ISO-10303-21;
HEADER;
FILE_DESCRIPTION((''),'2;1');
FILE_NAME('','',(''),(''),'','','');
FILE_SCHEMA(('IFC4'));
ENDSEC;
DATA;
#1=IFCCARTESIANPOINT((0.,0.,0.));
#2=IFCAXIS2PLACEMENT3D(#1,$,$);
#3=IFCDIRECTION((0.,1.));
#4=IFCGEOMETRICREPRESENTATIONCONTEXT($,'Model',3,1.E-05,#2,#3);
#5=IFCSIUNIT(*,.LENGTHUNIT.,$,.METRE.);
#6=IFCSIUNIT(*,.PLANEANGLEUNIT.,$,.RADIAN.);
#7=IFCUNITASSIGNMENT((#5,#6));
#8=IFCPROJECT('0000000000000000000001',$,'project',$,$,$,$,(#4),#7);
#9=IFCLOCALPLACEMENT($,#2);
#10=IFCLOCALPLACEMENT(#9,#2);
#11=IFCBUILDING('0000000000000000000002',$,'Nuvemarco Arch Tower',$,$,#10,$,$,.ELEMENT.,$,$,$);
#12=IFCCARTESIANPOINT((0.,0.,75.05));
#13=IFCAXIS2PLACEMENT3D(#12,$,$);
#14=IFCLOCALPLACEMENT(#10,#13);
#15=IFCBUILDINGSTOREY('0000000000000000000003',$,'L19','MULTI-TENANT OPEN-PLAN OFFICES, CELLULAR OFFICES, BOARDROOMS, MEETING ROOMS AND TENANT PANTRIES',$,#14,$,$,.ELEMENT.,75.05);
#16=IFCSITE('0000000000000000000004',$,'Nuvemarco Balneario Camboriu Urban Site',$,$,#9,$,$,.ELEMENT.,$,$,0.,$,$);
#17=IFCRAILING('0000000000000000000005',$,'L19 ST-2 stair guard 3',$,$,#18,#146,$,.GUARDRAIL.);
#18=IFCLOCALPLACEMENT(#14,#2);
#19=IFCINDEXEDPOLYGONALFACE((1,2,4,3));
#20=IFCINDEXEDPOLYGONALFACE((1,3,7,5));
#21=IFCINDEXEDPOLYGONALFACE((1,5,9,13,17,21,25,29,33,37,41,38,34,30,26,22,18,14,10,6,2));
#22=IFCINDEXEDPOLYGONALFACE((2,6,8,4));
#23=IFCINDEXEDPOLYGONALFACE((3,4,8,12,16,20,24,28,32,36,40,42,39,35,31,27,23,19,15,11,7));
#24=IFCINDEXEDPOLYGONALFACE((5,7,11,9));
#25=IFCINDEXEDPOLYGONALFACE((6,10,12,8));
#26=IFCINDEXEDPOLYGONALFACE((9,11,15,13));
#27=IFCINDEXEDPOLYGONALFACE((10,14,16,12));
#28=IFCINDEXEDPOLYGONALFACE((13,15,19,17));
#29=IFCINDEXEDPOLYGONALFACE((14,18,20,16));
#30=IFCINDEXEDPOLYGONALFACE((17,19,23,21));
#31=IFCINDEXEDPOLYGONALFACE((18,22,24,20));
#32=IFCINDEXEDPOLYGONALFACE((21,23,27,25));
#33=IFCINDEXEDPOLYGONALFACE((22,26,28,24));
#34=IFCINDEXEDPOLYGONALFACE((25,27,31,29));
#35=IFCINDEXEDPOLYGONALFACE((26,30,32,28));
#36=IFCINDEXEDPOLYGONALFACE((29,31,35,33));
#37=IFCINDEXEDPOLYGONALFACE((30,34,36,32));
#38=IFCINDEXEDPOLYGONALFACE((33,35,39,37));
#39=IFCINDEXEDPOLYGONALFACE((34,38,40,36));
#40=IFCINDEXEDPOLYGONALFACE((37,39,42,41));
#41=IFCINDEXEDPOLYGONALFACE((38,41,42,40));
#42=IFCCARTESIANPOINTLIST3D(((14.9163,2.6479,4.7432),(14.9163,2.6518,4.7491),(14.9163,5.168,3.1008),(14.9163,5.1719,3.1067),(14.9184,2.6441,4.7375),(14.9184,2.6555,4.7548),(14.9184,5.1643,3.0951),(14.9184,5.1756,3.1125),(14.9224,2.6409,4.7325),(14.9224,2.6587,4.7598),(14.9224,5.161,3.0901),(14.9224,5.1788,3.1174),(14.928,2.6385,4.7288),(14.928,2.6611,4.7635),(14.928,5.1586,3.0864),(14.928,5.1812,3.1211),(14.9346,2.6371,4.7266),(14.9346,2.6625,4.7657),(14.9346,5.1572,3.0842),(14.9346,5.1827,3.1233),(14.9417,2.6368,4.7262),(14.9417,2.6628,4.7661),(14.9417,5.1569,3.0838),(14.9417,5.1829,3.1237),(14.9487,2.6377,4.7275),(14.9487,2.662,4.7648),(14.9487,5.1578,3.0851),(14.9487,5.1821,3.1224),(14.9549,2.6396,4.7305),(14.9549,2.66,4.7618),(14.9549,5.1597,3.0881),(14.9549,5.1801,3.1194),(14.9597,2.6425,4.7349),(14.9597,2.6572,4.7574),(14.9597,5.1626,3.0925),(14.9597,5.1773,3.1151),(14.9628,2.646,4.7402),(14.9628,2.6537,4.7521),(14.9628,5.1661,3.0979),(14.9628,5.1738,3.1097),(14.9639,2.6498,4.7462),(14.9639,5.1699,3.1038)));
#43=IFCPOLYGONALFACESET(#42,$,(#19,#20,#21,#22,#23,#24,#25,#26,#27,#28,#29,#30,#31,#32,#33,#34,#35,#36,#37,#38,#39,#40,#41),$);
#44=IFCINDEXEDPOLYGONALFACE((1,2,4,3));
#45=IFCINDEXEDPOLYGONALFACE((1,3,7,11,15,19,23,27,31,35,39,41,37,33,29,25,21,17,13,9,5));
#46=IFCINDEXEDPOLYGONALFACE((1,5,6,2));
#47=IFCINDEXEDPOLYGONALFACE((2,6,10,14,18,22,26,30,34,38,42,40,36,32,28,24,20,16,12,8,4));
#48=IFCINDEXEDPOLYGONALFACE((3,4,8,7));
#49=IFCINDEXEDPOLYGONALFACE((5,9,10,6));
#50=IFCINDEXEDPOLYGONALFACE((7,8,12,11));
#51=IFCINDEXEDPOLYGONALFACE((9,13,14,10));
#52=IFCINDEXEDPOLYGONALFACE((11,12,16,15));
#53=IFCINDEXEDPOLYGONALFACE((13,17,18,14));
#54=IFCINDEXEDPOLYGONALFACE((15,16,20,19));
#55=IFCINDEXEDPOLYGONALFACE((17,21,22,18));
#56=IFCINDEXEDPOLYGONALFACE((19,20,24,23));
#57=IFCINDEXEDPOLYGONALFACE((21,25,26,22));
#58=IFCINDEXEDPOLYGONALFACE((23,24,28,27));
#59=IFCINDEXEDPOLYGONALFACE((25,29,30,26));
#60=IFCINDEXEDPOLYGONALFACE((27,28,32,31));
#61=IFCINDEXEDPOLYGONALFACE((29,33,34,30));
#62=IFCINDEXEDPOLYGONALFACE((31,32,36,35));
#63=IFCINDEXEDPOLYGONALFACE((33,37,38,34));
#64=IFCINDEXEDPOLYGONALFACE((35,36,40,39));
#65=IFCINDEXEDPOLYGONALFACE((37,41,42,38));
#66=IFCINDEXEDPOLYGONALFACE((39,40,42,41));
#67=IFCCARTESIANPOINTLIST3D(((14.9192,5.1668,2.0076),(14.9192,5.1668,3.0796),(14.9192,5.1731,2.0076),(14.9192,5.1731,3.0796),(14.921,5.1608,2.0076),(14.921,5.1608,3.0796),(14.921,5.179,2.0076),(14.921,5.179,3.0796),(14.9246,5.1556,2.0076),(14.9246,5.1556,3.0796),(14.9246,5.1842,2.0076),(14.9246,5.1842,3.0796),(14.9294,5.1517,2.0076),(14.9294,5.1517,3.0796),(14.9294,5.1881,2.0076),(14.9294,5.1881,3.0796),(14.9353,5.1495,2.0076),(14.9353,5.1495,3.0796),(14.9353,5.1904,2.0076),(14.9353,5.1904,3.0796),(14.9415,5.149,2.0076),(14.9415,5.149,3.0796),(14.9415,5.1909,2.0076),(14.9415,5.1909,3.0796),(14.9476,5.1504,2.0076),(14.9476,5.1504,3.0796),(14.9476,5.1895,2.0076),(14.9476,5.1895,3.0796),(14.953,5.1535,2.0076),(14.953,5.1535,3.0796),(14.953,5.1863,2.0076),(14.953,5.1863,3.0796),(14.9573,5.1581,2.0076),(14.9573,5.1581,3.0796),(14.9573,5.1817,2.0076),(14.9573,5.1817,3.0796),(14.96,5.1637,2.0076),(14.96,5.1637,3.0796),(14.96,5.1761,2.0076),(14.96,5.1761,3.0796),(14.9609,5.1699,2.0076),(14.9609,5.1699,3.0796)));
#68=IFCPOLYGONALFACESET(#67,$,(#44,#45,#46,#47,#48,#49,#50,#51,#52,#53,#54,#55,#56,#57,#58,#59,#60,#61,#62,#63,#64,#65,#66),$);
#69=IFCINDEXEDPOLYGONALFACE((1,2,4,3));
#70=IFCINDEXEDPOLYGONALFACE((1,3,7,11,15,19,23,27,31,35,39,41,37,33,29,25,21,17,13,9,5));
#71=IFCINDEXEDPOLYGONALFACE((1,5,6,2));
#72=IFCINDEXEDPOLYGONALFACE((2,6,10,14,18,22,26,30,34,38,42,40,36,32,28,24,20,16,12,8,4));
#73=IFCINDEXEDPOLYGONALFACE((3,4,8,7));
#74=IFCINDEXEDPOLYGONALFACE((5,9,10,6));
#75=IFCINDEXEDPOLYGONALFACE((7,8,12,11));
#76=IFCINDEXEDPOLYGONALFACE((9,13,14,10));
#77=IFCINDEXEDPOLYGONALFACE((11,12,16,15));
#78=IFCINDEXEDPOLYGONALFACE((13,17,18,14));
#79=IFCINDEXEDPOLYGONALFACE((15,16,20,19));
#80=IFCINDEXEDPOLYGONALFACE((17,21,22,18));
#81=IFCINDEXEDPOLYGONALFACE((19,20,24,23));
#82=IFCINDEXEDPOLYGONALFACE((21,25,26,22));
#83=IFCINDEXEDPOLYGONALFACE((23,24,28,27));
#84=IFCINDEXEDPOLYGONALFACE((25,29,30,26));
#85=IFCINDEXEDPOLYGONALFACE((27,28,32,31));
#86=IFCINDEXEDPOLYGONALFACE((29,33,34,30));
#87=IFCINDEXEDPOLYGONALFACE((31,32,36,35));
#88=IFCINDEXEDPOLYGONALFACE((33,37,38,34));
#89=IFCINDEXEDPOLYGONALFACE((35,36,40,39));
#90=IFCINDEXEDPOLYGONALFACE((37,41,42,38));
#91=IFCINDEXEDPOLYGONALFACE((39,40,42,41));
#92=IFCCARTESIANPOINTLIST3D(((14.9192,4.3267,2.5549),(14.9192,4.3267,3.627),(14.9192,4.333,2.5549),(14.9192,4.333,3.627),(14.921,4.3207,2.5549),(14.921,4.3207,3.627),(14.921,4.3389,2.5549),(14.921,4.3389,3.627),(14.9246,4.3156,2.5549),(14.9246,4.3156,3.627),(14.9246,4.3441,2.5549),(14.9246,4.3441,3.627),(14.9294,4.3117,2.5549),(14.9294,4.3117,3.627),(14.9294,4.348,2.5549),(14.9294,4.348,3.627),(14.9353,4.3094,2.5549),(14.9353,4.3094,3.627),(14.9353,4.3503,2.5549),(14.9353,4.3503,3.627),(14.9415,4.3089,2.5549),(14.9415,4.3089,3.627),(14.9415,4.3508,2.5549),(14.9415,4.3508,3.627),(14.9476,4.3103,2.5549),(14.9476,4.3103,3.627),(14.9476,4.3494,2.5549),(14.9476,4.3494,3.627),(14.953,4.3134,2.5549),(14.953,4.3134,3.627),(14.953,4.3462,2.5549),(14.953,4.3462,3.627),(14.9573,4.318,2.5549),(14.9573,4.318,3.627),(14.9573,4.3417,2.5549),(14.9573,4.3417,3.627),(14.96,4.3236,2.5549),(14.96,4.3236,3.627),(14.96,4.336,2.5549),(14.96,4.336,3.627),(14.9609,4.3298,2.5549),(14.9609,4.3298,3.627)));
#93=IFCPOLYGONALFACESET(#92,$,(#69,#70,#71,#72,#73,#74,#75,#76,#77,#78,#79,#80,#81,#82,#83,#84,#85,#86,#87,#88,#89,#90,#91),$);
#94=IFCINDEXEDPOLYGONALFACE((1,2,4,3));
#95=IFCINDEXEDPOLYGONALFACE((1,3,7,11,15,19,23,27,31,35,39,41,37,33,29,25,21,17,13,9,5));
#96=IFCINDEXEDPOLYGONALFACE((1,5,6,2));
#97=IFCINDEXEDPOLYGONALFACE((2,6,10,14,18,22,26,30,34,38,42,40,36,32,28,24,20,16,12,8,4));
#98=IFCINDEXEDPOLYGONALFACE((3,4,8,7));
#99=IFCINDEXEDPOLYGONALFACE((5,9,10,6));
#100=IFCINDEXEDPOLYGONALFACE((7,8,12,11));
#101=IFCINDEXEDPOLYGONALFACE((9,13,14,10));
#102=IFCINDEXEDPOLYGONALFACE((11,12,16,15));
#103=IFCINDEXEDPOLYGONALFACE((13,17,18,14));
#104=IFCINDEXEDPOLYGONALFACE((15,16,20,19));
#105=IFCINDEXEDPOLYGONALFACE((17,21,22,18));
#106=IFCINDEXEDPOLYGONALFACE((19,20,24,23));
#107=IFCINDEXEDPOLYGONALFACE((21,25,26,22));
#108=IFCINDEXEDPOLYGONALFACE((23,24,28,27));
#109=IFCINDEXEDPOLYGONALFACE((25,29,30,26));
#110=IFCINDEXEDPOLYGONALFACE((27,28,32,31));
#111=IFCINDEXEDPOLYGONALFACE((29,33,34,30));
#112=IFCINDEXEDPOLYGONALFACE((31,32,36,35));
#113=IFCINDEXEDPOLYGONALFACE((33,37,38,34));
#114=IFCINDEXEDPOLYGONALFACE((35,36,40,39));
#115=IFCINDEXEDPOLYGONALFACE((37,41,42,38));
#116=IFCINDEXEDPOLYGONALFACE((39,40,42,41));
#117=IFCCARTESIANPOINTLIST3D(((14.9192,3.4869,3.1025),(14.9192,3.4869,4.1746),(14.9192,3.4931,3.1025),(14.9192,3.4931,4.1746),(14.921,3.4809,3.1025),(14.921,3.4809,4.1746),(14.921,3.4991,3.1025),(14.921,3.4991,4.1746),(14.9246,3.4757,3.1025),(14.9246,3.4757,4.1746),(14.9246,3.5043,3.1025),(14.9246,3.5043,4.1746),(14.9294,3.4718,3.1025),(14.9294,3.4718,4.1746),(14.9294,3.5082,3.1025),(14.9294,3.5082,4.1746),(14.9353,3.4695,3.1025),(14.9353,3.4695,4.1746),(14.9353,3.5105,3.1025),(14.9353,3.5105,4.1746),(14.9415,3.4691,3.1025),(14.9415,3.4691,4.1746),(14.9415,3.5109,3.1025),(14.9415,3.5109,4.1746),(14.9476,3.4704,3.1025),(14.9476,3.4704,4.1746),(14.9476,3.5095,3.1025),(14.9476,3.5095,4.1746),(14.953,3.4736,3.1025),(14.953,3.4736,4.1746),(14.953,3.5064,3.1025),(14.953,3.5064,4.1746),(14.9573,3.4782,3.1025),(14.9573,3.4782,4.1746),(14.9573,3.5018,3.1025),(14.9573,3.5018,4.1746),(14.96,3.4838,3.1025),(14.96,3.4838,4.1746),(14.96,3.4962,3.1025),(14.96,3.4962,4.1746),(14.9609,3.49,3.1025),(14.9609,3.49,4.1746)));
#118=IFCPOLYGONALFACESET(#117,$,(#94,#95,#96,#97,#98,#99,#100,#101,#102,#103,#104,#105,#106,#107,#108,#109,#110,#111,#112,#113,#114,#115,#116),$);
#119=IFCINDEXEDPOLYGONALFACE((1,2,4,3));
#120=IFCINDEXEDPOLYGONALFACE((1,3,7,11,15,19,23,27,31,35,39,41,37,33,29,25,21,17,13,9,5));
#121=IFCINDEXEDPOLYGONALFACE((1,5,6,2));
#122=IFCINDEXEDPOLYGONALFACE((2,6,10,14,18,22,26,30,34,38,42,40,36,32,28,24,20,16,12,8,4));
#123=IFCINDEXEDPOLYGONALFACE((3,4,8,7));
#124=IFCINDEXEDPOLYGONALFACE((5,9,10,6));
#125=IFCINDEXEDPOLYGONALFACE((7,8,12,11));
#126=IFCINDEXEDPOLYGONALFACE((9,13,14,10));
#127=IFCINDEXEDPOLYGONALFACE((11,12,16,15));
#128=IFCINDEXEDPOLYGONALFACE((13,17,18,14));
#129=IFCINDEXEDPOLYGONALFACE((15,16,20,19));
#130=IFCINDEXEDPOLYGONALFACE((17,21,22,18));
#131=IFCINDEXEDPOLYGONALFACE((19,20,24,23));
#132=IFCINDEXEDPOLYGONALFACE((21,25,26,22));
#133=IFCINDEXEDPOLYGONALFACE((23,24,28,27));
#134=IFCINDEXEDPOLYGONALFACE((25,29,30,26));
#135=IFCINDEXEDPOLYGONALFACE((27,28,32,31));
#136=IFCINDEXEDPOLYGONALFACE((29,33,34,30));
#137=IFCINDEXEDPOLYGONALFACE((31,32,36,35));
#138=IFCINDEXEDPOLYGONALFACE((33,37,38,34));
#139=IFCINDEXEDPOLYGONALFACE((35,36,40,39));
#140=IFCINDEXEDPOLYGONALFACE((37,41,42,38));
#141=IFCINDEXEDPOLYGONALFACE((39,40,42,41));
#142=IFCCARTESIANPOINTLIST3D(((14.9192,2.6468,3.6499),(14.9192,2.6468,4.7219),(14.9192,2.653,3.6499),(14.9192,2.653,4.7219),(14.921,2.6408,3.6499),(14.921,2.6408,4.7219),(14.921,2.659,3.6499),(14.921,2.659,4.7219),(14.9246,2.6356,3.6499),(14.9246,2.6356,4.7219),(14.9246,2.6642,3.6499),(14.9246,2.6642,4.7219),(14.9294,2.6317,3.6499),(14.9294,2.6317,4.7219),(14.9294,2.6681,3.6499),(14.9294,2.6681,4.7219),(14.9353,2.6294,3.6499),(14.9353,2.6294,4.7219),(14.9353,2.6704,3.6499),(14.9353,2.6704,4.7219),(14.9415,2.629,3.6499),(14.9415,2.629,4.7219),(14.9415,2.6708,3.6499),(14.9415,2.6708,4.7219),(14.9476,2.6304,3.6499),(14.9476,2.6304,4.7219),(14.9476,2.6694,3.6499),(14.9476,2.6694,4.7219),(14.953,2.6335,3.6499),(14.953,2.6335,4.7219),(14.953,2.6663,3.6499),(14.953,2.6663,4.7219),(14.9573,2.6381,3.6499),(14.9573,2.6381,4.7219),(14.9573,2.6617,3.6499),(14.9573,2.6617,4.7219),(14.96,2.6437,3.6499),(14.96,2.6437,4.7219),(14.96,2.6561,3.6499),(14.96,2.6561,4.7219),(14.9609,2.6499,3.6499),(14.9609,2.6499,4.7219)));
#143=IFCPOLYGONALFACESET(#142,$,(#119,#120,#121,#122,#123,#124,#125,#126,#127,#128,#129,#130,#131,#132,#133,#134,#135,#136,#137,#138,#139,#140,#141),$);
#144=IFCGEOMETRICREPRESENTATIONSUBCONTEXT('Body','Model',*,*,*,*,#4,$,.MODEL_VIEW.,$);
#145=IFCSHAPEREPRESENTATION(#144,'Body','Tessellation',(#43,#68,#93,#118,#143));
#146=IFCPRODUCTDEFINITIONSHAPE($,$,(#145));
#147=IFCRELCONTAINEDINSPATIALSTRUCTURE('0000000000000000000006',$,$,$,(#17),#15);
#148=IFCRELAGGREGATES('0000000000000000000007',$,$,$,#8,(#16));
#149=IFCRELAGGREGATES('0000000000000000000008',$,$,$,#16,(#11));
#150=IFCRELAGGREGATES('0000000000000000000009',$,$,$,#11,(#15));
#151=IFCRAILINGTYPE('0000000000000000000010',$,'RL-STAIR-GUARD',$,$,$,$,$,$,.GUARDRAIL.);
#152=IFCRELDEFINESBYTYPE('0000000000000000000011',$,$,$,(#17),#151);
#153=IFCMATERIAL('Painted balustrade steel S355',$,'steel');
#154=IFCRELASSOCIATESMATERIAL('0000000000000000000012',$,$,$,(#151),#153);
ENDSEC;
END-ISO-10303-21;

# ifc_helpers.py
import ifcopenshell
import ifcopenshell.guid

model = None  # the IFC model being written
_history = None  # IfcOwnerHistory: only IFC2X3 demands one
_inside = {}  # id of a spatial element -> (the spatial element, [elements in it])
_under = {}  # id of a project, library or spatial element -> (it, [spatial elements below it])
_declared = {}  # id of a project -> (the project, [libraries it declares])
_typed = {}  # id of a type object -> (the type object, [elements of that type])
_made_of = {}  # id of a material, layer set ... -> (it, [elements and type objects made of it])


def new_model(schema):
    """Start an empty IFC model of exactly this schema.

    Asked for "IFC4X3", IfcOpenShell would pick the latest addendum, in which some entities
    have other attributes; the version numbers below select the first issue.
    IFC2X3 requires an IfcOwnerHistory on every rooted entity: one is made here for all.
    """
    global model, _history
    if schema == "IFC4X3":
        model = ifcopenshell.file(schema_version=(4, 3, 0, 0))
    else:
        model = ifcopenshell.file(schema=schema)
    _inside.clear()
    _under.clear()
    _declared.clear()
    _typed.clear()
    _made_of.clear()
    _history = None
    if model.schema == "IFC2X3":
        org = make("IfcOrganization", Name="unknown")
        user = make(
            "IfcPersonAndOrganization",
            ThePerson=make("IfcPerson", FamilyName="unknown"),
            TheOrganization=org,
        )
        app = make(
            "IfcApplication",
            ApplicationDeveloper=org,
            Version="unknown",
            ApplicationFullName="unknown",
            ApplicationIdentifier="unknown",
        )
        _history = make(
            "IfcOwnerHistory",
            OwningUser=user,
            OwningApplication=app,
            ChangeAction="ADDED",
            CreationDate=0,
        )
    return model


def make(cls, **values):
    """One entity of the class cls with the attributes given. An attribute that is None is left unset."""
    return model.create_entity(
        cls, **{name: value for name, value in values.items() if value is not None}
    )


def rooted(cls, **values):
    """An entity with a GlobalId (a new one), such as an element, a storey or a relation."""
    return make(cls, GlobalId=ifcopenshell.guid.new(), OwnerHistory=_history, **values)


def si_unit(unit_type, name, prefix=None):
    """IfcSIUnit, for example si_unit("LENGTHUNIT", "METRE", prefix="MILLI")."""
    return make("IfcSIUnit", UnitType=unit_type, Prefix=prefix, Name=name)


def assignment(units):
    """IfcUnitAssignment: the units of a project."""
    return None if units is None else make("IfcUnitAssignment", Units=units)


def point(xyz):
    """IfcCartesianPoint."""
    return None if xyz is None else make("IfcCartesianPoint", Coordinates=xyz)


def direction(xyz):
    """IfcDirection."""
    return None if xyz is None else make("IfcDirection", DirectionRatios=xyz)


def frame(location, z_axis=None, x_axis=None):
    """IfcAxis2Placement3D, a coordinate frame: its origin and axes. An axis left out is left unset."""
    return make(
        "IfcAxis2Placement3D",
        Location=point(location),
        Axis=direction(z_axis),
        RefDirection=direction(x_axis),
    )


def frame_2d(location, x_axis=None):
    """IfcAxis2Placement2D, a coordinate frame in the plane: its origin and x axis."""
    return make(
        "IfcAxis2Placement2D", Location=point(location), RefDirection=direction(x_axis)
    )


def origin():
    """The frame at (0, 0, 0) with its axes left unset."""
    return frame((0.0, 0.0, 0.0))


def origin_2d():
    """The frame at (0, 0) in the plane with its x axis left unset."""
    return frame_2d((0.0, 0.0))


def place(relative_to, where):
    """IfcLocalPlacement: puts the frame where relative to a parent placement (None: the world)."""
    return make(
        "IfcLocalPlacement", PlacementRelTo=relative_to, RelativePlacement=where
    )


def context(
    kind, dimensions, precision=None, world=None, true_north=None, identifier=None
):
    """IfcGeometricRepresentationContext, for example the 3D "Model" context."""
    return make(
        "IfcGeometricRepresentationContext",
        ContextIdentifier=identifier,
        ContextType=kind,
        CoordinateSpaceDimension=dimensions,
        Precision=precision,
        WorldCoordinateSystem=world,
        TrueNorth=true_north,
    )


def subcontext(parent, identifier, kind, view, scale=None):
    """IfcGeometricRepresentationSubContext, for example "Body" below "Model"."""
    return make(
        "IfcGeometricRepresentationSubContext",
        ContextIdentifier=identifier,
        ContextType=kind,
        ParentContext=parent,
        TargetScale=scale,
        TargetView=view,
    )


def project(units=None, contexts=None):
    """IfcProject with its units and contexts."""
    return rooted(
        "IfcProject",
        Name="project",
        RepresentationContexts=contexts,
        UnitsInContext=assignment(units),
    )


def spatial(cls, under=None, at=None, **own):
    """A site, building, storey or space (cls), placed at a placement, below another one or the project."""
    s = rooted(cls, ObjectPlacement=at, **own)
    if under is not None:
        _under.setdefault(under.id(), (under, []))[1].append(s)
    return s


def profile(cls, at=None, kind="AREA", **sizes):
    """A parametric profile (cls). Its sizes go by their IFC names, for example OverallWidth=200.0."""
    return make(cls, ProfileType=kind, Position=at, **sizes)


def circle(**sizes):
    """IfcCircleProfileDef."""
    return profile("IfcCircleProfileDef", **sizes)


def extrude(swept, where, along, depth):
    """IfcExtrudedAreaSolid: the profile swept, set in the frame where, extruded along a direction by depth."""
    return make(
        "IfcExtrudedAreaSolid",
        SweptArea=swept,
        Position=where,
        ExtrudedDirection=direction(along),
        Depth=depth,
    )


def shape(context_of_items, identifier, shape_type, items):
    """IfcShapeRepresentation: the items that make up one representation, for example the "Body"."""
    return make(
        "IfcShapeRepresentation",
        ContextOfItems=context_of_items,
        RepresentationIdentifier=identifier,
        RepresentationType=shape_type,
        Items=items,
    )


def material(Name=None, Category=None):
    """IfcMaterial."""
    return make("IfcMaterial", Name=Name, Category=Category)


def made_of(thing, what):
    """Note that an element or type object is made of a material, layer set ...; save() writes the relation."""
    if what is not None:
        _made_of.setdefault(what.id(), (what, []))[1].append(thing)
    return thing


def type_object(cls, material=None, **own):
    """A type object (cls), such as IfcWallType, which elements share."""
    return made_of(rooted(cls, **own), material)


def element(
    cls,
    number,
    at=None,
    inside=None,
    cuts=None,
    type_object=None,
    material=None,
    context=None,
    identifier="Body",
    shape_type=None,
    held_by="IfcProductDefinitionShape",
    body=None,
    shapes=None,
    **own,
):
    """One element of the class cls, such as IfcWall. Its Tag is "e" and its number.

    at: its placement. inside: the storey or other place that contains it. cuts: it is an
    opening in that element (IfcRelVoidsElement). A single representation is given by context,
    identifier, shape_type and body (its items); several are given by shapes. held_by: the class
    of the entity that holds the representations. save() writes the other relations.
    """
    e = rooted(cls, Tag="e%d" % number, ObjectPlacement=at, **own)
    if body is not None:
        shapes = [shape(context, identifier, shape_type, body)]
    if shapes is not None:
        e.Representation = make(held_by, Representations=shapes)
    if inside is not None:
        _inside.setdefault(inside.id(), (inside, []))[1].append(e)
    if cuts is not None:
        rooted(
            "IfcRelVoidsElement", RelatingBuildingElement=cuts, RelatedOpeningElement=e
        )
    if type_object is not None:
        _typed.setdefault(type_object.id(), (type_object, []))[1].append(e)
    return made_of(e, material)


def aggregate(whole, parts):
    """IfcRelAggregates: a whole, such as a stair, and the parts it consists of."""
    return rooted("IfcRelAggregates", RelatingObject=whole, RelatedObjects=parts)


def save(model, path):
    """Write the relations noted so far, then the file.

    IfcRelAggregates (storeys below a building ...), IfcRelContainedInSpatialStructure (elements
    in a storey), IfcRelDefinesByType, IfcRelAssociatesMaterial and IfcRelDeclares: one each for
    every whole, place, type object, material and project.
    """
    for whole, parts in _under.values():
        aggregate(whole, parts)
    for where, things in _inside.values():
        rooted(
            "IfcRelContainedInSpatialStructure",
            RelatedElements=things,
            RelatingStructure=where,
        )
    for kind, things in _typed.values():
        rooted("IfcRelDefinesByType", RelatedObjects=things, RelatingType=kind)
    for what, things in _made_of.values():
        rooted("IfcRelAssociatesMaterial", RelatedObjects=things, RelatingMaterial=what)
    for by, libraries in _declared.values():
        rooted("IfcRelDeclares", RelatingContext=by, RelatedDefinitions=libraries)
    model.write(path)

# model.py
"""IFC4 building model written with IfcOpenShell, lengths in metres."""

from ifc_helpers import new_model, si_unit, direction, frame, origin, origin_2d, place, context, subcontext, project, spatial, circle, extrude, material, type_object, element, save


model = new_model("IFC4")

# Units and contexts
model_context = context("Model", 3, precision=1e-05, world=origin(), true_north=direction((0.0, 1.0)))
body_context = subcontext(model_context, "Body", "Model", "MODEL_VIEW")
ifc_project = project(units=[si_unit("LENGTHUNIT", "METRE"), si_unit("PLANEANGLEUNIT", "RADIAN")], contexts=[model_context])

# Site, building, storey
site_placement = place(None, origin())
site = spatial("IfcSite", under=ifc_project, at=site_placement, Name="Nuvemarco Balneario Camboriu Urban Site", CompositionType="ELEMENT", RefElevation=0.0)
building_placement = place(site_placement, origin())
building = spatial("IfcBuilding", under=site, at=building_placement, Name="Nuvemarco Arch Tower", CompositionType="ELEMENT")
storey_placement = place(building_placement, frame((0.0, 0.0, 75.05)))
storey = spatial("IfcBuildingStorey", under=building, at=storey_placement, Name="L19", Description="MULTI-TENANT OPEN-PLAN OFFICES, CELLULAR OFFICES, BOARDROOMS, MEETING ROOMS AND TENANT PANTRIES", CompositionType="ELEMENT", Elevation=75.05)

# Railing
ifc_material_1 = material(Name="Painted balustrade steel S355", Category="steel")
railing_type_1 = type_object("IfcRailingType", Name="RL-STAIR-GUARD", PredefinedType="GUARDRAIL", material=ifc_material_1)
railing_1_placement = place(storey_placement, frame((14.9399, 5.1699, 2.0076)))
element("IfcRailing", 1, at=railing_1_placement, inside=storey, type_object=railing_type_1, Name="L19 ST-2 stair guard 3", PredefinedType="GUARDRAIL", context=body_context, shape_type="SweptSolid", body=[
    extrude(circle(Radius=0.0239, at=origin_2d()), frame((0.0, 0.0, 1.0962), z_axis=(0.0, -0.837787, 0.545998), x_axis=(1.0, 0.0, 0.0)), (0.0, 0.0, 1.0), 3.0081),
    extrude(circle(Radius=0.021, at=origin_2d()), origin(), (0.0, 0.0, 1.0), 1.072),
    extrude(circle(Radius=0.021, at=origin_2d()), frame((0.0, -0.8401, 0.5474)), (0.0, 0.0, 1.0), 1.072),
    extrude(circle(Radius=0.021, at=origin_2d()), frame((0.0, -1.6799, 1.095)), (0.0, 0.0, 1.0), 1.072),
    extrude(circle(Radius=0.021, at=origin_2d()), frame((0.0, -2.52, 1.6423)), (0.0, 0.0, 1.0), 1.072),
])

save(model, "model.ifc")
